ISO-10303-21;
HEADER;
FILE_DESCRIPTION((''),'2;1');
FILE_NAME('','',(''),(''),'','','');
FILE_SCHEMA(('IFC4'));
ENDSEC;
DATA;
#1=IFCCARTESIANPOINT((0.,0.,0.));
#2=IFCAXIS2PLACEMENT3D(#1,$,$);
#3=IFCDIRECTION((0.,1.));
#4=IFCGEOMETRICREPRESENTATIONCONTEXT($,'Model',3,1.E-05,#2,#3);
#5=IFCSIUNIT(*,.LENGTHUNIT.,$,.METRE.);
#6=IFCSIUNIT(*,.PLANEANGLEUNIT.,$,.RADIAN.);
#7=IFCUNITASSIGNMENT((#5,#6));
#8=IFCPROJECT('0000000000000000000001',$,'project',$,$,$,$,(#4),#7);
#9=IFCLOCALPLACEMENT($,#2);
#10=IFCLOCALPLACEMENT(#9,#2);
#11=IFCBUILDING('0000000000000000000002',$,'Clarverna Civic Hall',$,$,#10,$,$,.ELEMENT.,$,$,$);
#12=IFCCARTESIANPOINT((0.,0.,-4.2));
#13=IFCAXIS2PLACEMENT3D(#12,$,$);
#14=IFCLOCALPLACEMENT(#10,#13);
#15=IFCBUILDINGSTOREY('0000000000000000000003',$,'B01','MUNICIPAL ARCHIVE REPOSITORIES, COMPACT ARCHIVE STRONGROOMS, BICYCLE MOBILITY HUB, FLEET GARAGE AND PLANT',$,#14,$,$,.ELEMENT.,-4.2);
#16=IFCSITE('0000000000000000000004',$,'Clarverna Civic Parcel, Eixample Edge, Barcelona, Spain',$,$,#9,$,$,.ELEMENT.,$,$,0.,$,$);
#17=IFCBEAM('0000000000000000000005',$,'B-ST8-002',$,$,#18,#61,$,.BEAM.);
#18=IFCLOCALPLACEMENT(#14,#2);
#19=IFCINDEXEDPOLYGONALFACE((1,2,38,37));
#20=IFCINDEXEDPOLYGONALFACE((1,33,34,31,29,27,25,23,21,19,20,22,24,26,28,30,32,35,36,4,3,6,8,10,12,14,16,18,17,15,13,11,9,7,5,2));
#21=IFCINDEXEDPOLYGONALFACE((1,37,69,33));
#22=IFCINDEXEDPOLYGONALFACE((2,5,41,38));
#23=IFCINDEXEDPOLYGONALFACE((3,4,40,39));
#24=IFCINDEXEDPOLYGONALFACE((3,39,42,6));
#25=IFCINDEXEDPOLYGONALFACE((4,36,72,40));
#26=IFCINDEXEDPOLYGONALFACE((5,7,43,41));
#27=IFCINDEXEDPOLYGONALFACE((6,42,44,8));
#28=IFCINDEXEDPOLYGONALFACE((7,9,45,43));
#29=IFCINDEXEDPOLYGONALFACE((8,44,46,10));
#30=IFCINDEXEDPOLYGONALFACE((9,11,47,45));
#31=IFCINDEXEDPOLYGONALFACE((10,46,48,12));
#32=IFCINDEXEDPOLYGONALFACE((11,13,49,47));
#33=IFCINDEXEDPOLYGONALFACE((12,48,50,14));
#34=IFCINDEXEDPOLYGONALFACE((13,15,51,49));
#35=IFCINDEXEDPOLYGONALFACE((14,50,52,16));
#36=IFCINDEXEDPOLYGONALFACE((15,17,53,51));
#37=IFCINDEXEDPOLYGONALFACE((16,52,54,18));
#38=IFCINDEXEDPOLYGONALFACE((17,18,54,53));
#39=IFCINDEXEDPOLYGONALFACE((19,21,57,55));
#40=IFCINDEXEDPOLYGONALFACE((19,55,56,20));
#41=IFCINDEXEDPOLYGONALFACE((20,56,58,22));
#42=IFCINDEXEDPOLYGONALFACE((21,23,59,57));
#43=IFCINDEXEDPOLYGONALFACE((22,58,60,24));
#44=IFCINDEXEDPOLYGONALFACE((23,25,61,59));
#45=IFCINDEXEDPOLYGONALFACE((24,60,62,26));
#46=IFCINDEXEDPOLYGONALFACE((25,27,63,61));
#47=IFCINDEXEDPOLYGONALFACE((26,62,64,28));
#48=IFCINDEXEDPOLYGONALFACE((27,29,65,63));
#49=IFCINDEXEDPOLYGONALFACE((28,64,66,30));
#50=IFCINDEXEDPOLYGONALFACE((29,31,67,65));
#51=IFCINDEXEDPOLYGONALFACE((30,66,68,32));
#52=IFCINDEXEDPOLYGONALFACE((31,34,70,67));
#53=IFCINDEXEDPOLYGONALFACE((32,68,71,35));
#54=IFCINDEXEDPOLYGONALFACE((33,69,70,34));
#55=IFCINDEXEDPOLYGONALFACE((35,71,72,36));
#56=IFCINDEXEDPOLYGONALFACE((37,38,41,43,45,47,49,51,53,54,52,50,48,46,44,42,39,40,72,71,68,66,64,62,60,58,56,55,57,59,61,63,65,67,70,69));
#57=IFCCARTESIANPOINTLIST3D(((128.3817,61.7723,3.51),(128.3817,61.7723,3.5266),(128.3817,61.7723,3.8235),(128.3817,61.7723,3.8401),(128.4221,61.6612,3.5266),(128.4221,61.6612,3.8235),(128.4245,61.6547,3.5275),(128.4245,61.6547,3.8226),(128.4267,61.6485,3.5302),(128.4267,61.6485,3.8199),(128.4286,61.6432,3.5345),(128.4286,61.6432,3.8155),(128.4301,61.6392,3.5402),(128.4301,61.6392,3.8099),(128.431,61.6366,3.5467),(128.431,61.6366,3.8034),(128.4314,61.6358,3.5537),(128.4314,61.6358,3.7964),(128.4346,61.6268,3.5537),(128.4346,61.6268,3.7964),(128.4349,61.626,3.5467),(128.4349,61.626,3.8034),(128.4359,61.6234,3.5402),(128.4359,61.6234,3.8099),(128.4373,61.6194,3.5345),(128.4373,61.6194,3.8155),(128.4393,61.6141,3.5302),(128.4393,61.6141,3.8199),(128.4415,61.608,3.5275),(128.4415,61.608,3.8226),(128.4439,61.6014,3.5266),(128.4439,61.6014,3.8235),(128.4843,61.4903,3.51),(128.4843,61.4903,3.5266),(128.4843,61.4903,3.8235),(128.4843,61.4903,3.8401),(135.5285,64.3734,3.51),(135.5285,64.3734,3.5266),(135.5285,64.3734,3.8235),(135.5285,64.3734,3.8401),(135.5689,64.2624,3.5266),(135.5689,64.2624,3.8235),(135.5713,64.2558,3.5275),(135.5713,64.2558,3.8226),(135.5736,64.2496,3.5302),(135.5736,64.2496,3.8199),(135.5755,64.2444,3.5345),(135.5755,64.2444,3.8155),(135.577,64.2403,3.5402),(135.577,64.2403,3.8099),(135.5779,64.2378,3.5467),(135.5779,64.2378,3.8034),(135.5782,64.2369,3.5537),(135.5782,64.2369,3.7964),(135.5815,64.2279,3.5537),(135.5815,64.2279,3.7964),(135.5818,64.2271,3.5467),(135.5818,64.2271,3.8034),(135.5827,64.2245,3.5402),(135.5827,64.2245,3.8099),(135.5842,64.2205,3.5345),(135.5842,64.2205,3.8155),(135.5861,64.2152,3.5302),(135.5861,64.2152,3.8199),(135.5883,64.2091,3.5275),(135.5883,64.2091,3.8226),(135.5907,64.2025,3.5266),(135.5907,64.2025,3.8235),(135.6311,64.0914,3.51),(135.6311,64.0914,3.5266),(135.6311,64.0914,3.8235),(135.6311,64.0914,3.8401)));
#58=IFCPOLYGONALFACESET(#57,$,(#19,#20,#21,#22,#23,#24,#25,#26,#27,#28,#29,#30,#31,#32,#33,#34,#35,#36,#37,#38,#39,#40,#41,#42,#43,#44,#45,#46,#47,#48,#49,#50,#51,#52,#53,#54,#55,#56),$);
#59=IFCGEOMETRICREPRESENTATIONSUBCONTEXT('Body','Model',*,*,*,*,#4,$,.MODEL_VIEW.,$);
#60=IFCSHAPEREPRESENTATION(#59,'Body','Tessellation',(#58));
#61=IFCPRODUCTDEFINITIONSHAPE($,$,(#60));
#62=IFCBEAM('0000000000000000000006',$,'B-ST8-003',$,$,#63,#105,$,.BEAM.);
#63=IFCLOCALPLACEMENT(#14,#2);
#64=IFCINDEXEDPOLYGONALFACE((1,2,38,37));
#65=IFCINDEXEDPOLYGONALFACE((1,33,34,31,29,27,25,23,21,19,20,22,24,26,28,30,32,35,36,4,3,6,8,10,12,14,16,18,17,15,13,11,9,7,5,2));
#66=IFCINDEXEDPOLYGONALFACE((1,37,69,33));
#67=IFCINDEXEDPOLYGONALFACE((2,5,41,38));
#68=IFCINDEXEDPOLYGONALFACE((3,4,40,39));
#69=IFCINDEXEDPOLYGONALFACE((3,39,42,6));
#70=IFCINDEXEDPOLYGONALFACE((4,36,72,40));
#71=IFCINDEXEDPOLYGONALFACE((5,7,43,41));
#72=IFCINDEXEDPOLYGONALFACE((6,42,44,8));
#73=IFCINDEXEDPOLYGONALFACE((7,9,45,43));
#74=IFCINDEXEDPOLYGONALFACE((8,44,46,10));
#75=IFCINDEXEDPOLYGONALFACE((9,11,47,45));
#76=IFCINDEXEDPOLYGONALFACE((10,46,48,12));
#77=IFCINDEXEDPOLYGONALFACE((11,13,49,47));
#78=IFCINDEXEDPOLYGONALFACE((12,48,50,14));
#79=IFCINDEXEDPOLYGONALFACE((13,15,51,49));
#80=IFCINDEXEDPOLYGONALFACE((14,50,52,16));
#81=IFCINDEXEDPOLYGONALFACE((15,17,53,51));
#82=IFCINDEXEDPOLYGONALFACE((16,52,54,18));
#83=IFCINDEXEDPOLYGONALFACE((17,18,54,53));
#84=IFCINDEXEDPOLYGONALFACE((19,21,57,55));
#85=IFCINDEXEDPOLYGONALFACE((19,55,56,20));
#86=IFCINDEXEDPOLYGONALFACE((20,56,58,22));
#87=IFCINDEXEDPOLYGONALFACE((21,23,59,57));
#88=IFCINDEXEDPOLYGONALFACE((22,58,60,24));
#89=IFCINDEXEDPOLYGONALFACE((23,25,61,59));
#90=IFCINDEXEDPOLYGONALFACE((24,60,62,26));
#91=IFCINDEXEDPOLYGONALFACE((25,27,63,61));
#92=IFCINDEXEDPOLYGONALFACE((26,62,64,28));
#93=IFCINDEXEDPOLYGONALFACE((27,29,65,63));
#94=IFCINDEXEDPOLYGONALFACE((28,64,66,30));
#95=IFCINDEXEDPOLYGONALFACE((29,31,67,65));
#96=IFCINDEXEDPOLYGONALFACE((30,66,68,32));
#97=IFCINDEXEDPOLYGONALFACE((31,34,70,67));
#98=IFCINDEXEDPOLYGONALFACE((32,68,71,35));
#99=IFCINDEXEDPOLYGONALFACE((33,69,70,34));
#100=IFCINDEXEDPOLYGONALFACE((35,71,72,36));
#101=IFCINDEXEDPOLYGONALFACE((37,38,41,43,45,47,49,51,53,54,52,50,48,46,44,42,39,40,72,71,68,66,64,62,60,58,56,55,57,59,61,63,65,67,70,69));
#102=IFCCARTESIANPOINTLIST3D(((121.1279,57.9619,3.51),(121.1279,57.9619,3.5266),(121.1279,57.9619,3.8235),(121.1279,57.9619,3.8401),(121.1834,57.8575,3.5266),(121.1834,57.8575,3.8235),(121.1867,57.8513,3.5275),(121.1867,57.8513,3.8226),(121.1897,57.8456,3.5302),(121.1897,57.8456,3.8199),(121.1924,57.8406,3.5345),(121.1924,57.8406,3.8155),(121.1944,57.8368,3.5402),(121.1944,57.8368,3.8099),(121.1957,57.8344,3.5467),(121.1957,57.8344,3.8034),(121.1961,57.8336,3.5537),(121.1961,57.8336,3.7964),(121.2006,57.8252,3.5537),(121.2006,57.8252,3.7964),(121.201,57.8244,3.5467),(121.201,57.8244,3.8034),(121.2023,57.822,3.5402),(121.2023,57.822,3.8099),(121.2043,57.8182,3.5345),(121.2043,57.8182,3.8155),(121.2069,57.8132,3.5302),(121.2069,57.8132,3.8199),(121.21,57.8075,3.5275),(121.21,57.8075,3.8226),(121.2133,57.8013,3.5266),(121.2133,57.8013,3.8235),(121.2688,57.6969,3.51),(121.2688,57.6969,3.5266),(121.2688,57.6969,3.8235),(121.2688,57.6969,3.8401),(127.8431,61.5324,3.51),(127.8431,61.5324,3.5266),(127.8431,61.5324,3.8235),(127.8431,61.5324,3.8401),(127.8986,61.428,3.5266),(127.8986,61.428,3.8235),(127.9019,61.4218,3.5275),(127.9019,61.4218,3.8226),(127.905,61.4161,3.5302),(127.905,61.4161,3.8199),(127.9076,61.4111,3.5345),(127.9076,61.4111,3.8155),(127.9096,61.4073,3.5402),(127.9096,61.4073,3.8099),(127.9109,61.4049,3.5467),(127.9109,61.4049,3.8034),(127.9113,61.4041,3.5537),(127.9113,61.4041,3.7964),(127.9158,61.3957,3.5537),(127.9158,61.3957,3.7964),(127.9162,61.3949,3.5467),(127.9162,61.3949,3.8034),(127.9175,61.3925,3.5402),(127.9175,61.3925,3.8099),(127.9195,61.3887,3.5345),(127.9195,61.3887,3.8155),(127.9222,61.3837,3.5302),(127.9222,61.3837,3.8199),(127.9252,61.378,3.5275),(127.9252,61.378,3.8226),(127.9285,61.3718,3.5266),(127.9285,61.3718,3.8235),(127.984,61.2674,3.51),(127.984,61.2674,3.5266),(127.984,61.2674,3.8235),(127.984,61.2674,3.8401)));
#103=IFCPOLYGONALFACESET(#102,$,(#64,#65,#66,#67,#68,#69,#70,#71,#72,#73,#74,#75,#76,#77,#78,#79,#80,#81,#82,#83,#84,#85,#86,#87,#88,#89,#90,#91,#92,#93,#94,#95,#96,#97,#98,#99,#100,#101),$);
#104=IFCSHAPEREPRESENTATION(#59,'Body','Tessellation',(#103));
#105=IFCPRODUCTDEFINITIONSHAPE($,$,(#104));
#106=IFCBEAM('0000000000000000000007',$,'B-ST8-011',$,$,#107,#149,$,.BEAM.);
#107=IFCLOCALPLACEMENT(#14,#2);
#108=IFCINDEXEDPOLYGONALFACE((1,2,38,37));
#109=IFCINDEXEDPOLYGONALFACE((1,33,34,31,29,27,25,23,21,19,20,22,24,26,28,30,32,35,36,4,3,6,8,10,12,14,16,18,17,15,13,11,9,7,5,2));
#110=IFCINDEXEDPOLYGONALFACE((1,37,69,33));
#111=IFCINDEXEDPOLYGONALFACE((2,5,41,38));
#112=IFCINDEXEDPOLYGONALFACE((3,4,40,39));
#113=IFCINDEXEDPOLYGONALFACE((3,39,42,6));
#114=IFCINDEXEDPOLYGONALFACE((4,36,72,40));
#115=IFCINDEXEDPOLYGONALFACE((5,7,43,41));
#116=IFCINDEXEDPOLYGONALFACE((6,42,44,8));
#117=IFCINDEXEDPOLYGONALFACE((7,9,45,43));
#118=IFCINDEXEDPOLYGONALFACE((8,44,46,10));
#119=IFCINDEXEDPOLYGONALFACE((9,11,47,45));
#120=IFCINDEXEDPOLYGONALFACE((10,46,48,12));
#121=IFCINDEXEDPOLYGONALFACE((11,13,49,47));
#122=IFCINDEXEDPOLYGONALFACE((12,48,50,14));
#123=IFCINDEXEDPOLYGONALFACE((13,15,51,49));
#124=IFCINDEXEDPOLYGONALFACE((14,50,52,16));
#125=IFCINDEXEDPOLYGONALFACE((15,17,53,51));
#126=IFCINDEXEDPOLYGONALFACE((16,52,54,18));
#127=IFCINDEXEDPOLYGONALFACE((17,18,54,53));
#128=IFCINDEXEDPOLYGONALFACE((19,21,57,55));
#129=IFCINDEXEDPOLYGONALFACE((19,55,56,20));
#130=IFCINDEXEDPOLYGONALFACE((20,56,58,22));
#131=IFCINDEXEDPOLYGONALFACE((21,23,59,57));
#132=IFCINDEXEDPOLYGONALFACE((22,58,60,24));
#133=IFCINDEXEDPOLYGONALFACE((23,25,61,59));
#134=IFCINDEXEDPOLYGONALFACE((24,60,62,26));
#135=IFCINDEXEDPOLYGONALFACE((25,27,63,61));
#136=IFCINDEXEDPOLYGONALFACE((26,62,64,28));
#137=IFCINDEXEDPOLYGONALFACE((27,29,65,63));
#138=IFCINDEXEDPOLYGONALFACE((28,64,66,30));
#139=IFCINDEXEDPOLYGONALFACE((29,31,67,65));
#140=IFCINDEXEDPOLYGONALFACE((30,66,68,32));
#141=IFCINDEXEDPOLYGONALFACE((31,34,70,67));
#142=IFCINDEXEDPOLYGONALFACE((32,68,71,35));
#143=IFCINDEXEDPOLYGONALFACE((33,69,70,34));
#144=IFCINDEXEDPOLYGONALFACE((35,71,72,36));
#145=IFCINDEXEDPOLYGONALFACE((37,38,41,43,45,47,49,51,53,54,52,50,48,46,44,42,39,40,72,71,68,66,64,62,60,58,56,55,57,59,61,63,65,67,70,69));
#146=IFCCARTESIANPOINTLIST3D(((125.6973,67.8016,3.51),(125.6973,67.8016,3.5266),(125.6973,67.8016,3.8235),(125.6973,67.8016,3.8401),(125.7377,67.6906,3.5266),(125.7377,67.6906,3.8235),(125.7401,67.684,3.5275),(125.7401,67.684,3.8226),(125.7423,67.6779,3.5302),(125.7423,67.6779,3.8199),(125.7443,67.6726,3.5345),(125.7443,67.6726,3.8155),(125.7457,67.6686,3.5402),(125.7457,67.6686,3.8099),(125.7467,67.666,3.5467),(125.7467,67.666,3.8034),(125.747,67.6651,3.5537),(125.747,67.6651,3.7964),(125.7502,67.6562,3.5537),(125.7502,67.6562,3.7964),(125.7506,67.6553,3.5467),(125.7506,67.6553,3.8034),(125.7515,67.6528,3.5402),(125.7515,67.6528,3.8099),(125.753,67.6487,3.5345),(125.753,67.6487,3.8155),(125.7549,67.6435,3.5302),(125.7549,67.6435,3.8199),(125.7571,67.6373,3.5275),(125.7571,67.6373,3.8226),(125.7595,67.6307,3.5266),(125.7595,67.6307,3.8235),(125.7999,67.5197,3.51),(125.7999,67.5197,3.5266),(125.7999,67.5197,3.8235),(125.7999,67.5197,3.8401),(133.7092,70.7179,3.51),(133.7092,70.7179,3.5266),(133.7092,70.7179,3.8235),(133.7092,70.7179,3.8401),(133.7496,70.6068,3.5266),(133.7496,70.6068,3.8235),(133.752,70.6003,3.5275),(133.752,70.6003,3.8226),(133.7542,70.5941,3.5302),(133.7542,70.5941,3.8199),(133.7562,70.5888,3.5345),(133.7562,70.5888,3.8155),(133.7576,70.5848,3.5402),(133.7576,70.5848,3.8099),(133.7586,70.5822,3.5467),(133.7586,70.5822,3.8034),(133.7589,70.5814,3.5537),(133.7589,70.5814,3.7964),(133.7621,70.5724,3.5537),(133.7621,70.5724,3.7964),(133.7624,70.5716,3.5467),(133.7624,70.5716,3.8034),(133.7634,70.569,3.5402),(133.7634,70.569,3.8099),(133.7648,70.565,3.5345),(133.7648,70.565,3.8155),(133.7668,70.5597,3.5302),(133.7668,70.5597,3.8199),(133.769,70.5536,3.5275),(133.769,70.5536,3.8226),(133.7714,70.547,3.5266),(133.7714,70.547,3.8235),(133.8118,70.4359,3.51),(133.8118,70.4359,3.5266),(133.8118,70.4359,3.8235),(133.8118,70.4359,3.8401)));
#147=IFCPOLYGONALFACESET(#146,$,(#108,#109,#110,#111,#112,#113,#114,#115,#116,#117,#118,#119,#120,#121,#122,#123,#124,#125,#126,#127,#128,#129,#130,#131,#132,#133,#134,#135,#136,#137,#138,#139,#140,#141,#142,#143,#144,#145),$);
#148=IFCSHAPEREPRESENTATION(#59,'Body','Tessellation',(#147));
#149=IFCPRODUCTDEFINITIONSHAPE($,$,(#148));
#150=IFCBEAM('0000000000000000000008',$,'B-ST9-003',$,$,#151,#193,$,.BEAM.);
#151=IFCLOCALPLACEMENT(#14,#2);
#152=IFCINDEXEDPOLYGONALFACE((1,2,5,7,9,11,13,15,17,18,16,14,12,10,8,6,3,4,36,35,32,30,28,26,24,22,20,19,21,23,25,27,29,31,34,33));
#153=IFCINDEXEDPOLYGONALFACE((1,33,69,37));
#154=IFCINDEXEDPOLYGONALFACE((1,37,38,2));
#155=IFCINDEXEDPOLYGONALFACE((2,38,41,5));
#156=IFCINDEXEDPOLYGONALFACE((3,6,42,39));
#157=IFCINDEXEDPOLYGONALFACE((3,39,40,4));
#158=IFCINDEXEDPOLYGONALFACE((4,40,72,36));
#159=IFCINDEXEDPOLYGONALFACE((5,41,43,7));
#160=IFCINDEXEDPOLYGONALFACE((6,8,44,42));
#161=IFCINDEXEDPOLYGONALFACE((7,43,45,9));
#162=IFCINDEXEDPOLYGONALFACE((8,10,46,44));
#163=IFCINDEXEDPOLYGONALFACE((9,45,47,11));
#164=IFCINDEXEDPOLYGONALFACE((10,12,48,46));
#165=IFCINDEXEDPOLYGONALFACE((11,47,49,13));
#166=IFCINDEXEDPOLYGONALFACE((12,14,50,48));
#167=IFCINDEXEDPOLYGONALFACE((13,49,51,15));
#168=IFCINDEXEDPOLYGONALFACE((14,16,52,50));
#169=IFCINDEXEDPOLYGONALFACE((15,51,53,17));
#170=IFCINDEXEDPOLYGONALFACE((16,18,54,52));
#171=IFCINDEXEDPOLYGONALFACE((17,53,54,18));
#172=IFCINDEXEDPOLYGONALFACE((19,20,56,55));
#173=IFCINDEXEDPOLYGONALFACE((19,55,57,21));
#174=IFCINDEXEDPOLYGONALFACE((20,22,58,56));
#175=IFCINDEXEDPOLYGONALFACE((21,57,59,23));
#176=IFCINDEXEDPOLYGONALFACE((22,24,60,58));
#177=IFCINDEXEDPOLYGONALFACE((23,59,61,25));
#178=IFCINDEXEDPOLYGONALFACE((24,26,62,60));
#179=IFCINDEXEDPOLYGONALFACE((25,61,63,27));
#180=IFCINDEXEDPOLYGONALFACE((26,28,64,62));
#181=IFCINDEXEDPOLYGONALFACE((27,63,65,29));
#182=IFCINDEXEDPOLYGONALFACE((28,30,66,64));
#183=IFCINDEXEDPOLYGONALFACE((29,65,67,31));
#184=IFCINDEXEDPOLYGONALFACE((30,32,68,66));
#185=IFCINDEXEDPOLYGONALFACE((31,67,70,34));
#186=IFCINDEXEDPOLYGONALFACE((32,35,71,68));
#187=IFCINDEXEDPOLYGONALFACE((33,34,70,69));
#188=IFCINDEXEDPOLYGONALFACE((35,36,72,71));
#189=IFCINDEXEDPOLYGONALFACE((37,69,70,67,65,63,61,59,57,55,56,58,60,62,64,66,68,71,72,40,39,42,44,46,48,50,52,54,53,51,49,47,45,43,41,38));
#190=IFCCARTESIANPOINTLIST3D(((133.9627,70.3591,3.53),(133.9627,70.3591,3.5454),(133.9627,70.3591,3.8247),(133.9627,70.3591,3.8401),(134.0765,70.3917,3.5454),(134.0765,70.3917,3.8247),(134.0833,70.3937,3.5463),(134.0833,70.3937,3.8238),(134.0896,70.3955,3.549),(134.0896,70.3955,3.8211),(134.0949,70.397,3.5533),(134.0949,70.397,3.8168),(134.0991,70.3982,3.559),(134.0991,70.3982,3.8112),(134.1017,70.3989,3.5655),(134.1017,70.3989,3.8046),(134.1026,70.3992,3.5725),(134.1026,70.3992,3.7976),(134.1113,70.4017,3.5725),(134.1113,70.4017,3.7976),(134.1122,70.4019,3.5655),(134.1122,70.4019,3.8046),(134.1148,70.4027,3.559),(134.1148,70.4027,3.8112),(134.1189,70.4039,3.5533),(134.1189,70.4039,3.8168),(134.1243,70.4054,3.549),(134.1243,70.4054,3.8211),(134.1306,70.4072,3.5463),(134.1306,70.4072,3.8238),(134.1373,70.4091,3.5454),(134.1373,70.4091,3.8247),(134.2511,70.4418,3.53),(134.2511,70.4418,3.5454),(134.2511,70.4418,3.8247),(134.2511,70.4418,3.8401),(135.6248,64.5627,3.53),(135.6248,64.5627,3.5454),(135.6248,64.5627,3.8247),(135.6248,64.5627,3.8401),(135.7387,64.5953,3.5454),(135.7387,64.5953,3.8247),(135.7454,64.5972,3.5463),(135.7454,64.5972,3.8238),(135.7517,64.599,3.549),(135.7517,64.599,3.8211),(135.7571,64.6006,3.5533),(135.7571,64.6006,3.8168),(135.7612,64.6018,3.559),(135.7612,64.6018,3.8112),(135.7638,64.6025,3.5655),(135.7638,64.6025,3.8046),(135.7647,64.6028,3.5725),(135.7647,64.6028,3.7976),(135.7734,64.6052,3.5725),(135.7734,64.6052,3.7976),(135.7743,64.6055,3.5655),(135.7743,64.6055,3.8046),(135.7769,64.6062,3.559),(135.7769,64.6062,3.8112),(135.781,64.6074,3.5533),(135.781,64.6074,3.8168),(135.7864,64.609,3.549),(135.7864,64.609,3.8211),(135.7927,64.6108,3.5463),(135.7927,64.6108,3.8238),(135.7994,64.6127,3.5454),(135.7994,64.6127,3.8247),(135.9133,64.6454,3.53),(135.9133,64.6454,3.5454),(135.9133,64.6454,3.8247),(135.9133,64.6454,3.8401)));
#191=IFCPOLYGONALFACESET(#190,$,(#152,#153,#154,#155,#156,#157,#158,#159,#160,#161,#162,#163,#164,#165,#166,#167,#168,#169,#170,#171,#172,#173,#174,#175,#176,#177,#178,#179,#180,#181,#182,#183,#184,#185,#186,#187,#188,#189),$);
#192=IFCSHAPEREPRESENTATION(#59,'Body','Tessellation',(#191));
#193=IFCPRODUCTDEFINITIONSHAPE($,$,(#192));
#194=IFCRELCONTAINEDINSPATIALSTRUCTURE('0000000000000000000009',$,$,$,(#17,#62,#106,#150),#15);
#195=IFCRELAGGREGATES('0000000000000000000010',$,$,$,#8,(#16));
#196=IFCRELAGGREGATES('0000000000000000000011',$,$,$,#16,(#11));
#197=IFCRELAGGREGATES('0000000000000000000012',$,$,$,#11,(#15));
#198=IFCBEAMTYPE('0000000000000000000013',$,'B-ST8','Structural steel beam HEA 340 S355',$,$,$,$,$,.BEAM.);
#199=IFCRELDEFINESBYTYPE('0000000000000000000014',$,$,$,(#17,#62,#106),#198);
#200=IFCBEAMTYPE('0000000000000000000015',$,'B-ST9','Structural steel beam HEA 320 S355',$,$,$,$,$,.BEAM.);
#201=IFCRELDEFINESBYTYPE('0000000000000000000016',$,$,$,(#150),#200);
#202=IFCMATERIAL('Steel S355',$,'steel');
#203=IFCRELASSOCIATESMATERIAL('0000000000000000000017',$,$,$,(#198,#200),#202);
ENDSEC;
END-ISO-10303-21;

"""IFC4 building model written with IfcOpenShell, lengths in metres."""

from ifc_helpers import new_model, si_unit, direction, frame, origin, origin_2d, place, context, subcontext, project, spatial, i_section, extrude, material, material_profile, profile_set, type_object, element, save


model = new_model("IFC4")

# Units and contexts
model_context = context("Model", 3, precision=1e-05, world=origin(), true_north=direction((0.0, 1.0)))
body_context = subcontext(model_context, "Body", "Model", "MODEL_VIEW")
ifc_project = project(units=[si_unit("LENGTHUNIT", "METRE"), si_unit("PLANEANGLEUNIT", "RADIAN")], contexts=[model_context])

# Site, building, storey
site_placement = place(None, origin())
site = spatial("IfcSite", under=ifc_project, at=site_placement, Name="Clarverna Civic Parcel, Eixample Edge, Barcelona, Spain", CompositionType="ELEMENT", RefElevation=0.0)
building_placement = place(site_placement, origin())
building = spatial("IfcBuilding", under=site, at=building_placement, Name="Clarverna Civic Hall", CompositionType="ELEMENT")
storey_placement = place(building_placement, frame((0.0, 0.0, -4.2)))
storey = spatial("IfcBuildingStorey", under=building, at=storey_placement, Name="B01", Description="MUNICIPAL ARCHIVE REPOSITORIES, COMPACT ARCHIVE STRONGROOMS, BICYCLE MOBILITY HUB, FLEET GARAGE AND PLANT", CompositionType="ELEMENT", Elevation=-4.2)

# Beams
ifc_material_1 = material(Name="Steel S355", Category="steel")
ifc_material_profile_1 = material_profile(ifc_material_1, i_section(OverallWidth=0.3, OverallDepth=0.3301, WebThickness=0.0095, FlangeThickness=0.0166, FilletRadius=0.0271, at=origin_2d()), Name="HEA 340")
ifc_profile_set_1 = profile_set([ifc_material_profile_1], Name="Steel S355")
beam_type_1 = type_object("IfcBeamType", Name="B-ST8", Description="Structural steel beam HEA 340 S355", PredefinedType="BEAM", material=ifc_profile_set_1)
for number, where, z_axis, x_axis, name in (
    (1, (135.5798, 64.2324, 3.675), (-0.939698, -0.342006, 0.0), (0.342006, -0.939698, 0.0), "B-ST8-002"),
    (2, (127.9136, 61.3999, 3.675), (-0.88295, -0.469467, 0.0), (0.469467, -0.88295, 0.0), "B-ST8-003"),
):
    element("IfcBeam", number, at=place(storey_placement, frame(where, z_axis=z_axis, x_axis=x_axis)), inside=storey, type_object=beam_type_1, Name=name, PredefinedType="BEAM", context=body_context, shape_type="SweptSolid", body=[
        extrude(i_section(OverallWidth=0.3, OverallDepth=0.3301, WebThickness=0.0095, FlangeThickness=0.0166, FilletRadius=0.0271, at=origin_2d()), origin(), (0.0, 0.0, 1.0), 7.6055),
    ])
beam_1_placement = place(storey_placement, frame((133.7605, 70.5769, 3.675), z_axis=(-0.939687, -0.342035, 0.0), x_axis=(0.342035, -0.939687, 0.0)))
element("IfcBeam", 3, at=beam_1_placement, inside=storey, type_object=beam_type_1, Name="B-ST8-011", PredefinedType="BEAM", context=body_context, shape_type="SweptSolid", body=[
    extrude(i_section(OverallWidth=0.3, OverallDepth=0.3301, WebThickness=0.0095, FlangeThickness=0.0166, FilletRadius=0.0271, at=origin_2d()), origin(), (0.0, 0.0, 1.0), 8.5261),
])
ifc_material_profile_2 = material_profile(ifc_material_1, i_section(OverallWidth=0.3, OverallDepth=0.3101, WebThickness=0.009, FlangeThickness=0.0154, FilletRadius=0.0271, at=origin_2d()), Name="HEA 320")
ifc_profile_set_2 = profile_set([ifc_material_profile_2], Name="Steel S355")
beam_type_2 = type_object("IfcBeamType", Name="B-ST9", Description="Structural steel beam HEA 320 S355", PredefinedType="BEAM", material=ifc_profile_set_2)
beam_2_placement = place(storey_placement, frame((135.769, 64.604, 3.6851), z_axis=(-0.275641, 0.961261, 0.0), x_axis=(-0.961261, -0.275641, 0.0)))
element("IfcBeam", 4, at=beam_2_placement, inside=storey, type_object=beam_type_2, Name="B-ST9-003", PredefinedType="BEAM", context=body_context, shape_type="SweptSolid", body=[
    extrude(i_section(OverallWidth=0.3, OverallDepth=0.3101, WebThickness=0.009, FlangeThickness=0.0154, FilletRadius=0.0271, at=origin_2d()), origin(), (0.0, 0.0, 1.0), 6.03),
])

save(model, "model.ifc")
